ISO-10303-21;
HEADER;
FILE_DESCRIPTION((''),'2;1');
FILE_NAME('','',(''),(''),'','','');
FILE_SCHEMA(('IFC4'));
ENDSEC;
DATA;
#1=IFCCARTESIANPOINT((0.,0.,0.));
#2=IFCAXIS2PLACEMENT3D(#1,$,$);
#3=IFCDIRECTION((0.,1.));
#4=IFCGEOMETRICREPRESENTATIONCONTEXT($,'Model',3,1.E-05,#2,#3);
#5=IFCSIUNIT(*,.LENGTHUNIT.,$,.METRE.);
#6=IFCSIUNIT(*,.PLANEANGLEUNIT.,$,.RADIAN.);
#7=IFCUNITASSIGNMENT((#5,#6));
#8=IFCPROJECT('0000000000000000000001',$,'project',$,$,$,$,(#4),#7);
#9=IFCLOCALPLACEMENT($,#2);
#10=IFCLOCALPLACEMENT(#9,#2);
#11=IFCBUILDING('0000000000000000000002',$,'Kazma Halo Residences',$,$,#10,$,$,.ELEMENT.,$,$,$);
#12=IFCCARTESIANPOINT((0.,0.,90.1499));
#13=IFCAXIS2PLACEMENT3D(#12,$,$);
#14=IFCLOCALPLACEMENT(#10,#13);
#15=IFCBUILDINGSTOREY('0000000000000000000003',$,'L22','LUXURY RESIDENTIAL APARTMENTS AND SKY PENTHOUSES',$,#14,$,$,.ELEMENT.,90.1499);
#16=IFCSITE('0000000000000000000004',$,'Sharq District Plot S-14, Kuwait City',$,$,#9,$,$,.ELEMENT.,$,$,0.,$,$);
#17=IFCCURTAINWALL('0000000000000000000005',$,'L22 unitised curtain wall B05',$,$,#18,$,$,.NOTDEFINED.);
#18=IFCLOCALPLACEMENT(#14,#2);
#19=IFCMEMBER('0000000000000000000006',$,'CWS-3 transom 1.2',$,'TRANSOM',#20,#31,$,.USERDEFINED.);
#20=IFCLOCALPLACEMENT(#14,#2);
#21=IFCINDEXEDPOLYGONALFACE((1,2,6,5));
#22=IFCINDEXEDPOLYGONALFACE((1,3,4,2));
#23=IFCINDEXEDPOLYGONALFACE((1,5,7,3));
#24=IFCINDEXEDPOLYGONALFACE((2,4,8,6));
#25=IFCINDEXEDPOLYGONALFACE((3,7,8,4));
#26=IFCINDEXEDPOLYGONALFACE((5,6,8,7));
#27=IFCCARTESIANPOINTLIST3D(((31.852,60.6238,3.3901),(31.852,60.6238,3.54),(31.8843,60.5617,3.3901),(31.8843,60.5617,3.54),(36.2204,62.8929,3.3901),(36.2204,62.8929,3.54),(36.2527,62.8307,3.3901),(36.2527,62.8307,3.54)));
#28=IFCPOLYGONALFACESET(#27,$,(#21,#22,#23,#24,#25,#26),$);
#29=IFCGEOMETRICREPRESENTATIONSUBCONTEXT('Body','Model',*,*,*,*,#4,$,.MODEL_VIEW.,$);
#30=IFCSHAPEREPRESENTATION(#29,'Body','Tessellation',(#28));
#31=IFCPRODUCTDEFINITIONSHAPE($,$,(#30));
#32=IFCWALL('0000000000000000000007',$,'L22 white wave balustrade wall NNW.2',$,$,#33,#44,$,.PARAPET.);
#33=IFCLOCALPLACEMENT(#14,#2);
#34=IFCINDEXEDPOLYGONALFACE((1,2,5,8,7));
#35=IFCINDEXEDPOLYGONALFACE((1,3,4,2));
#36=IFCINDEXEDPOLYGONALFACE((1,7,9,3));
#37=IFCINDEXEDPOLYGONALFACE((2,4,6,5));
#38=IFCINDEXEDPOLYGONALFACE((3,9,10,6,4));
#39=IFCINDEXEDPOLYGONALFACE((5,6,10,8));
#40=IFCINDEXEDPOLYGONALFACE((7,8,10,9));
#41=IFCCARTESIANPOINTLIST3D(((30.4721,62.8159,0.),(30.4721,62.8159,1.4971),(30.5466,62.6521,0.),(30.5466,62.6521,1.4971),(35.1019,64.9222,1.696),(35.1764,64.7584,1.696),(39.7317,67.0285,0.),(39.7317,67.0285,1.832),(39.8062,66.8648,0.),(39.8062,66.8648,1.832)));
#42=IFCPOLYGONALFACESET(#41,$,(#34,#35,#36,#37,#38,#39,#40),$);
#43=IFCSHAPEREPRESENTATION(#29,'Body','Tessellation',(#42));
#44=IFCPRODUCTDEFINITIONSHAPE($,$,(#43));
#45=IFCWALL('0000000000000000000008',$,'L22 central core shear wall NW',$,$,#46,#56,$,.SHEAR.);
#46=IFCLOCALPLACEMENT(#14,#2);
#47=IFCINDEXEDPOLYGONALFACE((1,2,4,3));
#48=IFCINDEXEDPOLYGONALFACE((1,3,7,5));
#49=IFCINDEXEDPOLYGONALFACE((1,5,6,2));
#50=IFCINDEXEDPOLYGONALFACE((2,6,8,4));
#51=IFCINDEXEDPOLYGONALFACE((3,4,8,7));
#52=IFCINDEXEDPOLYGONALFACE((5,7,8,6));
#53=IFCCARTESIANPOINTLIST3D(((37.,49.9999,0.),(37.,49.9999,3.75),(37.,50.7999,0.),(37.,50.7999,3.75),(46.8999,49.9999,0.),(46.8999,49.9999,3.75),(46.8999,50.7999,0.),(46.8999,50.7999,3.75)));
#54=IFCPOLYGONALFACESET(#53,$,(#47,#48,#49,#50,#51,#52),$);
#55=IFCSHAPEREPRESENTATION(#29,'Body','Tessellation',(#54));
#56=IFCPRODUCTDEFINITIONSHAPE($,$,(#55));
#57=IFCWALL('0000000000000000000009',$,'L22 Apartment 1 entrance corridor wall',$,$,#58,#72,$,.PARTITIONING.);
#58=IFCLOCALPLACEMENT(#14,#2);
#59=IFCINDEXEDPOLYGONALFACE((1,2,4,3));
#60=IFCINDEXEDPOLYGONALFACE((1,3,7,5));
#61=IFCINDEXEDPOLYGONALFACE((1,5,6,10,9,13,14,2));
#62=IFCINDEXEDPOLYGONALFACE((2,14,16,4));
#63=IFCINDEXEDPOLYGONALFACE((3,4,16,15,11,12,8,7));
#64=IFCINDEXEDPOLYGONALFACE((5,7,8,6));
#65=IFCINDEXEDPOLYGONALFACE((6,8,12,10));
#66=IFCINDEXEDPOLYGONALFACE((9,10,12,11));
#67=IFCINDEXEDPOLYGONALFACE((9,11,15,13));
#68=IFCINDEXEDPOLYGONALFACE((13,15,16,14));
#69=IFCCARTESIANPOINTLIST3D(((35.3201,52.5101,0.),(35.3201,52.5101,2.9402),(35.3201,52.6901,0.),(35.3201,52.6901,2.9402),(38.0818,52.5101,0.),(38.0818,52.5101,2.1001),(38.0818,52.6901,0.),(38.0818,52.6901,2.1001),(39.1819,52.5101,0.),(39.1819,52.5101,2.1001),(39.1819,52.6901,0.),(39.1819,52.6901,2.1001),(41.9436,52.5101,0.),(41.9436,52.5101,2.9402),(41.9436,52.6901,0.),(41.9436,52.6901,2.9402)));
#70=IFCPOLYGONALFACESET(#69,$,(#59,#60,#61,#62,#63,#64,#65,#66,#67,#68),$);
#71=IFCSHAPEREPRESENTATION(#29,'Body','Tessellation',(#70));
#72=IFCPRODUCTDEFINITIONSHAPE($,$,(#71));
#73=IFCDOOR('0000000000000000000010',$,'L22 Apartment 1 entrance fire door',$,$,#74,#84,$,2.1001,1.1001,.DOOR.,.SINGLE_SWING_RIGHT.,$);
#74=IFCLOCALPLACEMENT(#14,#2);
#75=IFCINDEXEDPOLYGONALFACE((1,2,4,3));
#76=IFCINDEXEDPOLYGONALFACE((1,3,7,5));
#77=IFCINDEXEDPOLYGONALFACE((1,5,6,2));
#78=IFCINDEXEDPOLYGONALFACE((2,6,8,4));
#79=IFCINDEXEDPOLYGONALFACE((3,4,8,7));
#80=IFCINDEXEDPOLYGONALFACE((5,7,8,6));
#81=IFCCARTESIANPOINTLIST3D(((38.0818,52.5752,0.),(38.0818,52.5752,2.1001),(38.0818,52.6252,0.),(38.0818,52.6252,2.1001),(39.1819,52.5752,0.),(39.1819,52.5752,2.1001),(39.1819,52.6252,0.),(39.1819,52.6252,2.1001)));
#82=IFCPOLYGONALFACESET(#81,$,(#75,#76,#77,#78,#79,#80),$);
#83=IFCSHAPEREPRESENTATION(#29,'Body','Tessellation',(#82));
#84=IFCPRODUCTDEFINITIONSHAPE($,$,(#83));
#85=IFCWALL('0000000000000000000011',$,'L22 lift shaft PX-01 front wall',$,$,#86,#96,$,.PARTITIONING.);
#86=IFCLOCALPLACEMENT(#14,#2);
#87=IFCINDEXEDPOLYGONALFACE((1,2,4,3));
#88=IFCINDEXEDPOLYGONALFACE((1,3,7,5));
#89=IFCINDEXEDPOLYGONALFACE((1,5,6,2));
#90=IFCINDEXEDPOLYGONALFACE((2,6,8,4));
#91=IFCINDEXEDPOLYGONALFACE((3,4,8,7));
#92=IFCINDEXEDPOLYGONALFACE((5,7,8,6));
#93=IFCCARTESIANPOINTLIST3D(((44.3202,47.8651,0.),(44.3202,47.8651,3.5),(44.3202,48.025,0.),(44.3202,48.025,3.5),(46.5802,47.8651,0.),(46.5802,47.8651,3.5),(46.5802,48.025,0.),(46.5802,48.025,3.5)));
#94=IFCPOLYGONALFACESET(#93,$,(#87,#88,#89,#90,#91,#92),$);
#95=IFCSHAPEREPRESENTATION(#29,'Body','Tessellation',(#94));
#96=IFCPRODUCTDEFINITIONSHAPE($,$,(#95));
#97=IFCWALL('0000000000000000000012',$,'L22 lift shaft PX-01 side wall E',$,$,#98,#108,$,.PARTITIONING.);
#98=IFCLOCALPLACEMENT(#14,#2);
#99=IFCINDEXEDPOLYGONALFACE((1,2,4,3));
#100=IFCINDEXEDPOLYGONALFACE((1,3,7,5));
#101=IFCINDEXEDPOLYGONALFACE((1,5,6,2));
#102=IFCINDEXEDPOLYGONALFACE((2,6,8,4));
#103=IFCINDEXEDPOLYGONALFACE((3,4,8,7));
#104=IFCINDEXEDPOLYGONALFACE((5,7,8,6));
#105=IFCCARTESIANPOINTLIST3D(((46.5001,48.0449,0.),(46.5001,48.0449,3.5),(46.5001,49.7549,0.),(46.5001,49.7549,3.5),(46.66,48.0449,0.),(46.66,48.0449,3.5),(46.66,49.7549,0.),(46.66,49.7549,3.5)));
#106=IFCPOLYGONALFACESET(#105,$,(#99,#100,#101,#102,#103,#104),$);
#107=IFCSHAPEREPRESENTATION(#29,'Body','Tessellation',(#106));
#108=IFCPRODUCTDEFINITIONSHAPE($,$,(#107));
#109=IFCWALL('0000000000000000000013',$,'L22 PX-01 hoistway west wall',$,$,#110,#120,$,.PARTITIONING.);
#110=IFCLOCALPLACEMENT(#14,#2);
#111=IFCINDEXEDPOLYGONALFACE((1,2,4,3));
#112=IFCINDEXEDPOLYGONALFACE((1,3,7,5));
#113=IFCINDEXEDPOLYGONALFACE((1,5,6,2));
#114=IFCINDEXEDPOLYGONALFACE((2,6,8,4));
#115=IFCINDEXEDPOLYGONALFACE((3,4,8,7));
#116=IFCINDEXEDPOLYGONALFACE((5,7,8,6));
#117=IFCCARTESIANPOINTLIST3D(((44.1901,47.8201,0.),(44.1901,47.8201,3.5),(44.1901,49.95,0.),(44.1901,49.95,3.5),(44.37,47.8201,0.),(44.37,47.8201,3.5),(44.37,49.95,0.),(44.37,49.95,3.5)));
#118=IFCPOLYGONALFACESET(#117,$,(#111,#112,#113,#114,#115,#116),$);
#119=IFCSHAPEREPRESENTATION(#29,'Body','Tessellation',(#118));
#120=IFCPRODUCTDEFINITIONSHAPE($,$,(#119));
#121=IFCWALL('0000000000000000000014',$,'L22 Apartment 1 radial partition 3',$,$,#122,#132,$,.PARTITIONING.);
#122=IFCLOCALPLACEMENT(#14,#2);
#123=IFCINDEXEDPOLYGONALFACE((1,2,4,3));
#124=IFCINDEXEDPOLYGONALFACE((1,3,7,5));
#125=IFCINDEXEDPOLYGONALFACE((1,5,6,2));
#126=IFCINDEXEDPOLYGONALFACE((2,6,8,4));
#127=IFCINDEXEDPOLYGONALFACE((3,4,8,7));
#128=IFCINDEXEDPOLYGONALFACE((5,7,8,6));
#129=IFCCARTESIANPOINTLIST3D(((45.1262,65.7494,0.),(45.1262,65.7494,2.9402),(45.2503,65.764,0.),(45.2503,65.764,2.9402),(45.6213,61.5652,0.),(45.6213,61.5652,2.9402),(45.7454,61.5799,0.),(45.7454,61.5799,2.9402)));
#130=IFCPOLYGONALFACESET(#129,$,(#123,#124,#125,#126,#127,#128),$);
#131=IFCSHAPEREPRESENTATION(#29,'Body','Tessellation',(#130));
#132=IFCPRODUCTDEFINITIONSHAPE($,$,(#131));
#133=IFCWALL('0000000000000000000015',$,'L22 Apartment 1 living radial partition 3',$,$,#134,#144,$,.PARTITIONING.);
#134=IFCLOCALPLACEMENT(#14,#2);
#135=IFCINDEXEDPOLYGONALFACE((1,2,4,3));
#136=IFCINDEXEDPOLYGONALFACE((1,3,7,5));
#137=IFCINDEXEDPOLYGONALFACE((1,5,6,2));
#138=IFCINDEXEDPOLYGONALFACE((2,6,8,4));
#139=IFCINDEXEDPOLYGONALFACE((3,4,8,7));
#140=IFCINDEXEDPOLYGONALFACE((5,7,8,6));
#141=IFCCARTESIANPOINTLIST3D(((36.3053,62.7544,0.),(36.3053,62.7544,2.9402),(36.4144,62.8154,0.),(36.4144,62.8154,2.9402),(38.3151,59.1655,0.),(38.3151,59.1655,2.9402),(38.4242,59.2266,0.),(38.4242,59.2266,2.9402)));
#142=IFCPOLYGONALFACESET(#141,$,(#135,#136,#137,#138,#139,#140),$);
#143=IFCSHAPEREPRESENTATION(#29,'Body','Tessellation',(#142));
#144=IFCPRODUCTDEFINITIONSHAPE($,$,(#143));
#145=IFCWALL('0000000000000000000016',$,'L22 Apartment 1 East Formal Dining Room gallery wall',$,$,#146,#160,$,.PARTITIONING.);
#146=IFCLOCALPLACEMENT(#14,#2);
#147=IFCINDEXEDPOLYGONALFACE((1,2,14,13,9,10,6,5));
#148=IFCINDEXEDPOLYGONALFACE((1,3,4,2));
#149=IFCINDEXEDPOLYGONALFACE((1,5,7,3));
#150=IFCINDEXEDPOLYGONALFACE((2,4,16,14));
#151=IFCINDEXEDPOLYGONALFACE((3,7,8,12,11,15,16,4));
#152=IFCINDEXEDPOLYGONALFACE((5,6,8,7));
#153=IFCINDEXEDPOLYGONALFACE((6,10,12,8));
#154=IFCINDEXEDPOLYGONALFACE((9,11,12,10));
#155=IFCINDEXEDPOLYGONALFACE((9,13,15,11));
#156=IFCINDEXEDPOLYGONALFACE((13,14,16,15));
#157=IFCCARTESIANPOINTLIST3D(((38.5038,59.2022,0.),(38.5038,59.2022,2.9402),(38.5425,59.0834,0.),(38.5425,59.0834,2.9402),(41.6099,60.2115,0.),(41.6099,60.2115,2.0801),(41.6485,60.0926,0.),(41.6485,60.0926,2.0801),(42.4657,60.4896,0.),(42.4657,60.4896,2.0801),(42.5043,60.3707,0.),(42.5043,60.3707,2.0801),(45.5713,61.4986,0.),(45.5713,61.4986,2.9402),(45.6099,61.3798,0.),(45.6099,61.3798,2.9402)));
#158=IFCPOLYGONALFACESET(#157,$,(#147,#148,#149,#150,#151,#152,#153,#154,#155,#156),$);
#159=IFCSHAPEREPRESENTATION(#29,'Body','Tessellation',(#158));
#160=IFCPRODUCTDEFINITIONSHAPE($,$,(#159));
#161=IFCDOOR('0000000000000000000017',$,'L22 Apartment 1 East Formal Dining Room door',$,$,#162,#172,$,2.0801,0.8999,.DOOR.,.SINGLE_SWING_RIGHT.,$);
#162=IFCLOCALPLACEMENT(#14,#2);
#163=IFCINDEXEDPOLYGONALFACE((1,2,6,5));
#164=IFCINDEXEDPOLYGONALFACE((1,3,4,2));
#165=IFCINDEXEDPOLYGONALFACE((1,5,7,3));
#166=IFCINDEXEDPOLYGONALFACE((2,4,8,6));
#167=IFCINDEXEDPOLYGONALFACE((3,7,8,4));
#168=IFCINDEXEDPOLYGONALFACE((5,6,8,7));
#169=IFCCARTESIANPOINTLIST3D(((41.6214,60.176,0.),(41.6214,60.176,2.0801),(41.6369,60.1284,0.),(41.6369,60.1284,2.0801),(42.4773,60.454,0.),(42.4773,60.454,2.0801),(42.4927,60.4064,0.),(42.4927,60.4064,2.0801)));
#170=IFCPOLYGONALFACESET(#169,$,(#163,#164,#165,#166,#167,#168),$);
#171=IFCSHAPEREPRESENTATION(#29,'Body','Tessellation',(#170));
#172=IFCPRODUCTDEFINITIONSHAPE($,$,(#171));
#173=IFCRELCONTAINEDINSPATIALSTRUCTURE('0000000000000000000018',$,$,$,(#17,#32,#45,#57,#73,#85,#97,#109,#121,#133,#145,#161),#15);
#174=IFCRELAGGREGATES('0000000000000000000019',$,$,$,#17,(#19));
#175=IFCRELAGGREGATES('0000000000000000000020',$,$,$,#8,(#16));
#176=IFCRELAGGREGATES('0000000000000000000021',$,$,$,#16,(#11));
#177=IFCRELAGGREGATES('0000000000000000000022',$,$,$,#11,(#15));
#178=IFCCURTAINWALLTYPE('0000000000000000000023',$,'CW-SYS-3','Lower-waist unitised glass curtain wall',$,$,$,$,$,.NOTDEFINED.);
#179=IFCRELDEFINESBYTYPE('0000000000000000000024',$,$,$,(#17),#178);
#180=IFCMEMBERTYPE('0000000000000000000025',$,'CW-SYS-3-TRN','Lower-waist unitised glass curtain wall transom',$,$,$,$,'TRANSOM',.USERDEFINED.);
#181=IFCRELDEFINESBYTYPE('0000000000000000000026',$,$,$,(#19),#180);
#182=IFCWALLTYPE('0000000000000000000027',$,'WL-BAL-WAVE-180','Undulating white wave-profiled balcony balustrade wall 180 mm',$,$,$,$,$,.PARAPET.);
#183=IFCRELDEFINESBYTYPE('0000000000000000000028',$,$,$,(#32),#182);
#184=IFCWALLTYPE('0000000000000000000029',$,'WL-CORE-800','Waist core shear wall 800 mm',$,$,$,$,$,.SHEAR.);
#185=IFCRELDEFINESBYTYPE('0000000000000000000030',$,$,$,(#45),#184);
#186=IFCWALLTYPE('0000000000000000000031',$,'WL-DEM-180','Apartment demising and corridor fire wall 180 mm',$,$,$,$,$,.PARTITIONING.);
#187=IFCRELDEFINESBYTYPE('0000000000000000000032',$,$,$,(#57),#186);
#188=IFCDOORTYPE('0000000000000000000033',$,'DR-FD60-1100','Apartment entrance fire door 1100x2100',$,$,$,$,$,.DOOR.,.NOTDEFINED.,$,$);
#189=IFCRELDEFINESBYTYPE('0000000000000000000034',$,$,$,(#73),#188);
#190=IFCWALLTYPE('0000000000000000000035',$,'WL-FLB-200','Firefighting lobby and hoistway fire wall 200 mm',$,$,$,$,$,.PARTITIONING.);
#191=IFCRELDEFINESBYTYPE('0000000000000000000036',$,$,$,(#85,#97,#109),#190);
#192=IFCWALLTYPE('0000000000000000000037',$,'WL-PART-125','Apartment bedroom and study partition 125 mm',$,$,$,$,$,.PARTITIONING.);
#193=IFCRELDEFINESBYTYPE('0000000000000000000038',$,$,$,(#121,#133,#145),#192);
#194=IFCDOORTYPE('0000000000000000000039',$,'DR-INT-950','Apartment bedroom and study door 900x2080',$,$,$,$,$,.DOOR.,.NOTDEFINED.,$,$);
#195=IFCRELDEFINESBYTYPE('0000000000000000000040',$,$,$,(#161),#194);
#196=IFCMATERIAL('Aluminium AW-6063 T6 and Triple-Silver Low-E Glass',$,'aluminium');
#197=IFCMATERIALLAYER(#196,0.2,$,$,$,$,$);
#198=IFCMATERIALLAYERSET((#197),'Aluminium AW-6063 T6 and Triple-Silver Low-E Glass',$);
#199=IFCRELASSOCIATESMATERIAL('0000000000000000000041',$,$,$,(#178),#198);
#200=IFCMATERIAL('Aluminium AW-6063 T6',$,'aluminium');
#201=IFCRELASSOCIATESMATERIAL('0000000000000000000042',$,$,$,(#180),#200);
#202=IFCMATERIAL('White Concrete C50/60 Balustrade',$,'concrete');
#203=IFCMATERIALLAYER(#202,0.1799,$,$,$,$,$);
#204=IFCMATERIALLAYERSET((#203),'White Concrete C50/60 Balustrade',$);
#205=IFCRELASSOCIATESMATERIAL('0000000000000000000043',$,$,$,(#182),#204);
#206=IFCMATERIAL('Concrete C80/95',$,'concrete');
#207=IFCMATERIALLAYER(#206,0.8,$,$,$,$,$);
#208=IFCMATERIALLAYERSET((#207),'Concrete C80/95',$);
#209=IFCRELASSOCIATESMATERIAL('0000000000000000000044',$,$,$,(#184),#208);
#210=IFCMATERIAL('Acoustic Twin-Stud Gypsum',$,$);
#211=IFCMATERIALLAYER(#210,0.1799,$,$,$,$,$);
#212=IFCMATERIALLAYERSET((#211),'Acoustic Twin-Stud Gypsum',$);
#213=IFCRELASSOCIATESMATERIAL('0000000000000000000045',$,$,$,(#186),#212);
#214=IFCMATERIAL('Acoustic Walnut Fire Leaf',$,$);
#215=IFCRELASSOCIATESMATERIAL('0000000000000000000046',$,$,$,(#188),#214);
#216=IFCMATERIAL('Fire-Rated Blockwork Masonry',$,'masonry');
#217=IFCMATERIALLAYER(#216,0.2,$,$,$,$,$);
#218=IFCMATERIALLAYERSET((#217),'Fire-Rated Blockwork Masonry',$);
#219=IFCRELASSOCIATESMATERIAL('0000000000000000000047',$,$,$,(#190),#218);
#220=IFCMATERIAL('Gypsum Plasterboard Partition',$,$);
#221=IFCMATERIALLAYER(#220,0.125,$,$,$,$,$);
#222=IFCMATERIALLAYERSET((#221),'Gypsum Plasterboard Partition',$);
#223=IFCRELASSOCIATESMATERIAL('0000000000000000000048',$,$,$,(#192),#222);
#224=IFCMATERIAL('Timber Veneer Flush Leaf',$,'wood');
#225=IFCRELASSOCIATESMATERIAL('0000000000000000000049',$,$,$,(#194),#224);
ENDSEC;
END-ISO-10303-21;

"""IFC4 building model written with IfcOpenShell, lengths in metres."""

from ifc_helpers import new_model, si_unit, direction, frame, frame_2d, origin, origin_2d, place, context, subcontext, project, spatial, polyline, rectangle, outline, extrude, material, layer, layer_set, material_profile, profile_set, type_object, element, fill, aggregate, save


model = new_model("IFC4")

# Units and contexts
model_context = context("Model", 3, precision=1e-05, world=origin(), true_north=direction((0.0, 1.0)))
body_context = subcontext(model_context, "Body", "Model", "MODEL_VIEW")
ifc_project = project(units=[si_unit("LENGTHUNIT", "METRE"), si_unit("PLANEANGLEUNIT", "RADIAN")], contexts=[model_context])

# Site, building, storey
site_placement = place(None, origin())
site = spatial("IfcSite", under=ifc_project, at=site_placement, Name="Sharq District Plot S-14, Kuwait City", CompositionType="ELEMENT", RefElevation=0.0)
building_placement = place(site_placement, origin())
building = spatial("IfcBuilding", under=site, at=building_placement, Name="Kazma Halo Residences", CompositionType="ELEMENT")
storey_placement = place(building_placement, frame((0.0, 0.0, 90.1499)))
storey = spatial("IfcBuildingStorey", under=building, at=storey_placement, Name="L22", Description="LUXURY RESIDENTIAL APARTMENTS AND SKY PENTHOUSES", CompositionType="ELEMENT", Elevation=90.1499)

# Shared definitions
ifc_material_1 = material(Name="Concrete C80/95", Category="concrete")

# Shared definitions
ifc_material_2 = material(Name="Aluminium AW-6063 T6 and Triple-Silver Low-E Glass", Category="aluminium")
ifc_layer_1 = layer(ifc_material_2, 0.2)
ifc_layer_set_1 = layer_set([ifc_layer_1], Name="Aluminium AW-6063 T6 and Triple-Silver Low-E Glass")
curtain_wall_type = type_object("IfcCurtainWallType", Name="CW-SYS-3", Description="Lower-waist unitised glass curtain wall", PredefinedType="NOTDEFINED", material=ifc_layer_set_1)
ifc_material_3 = material(Name="Aluminium AW-6063 T6", Category="aluminium")

# Curtain wall, member
curtain_wall_1_placement = place(storey_placement, origin())
curtain_wall_1 = element("IfcCurtainWall", 1, at=curtain_wall_1_placement, inside=storey, type_object=curtain_wall_type, Name="L22 unitised curtain wall B05", PredefinedType="NOTDEFINED")
ifc_material_profile_1 = material_profile(ifc_material_3, rectangle(XDim=0.0701, YDim=0.1499, at=origin_2d()), Name="CWT-70x150")
ifc_profile_set_1 = profile_set([ifc_material_profile_1], Name="Aluminium AW-6063 T6")
member_type_1 = type_object("IfcMemberType", Name="CW-SYS-3-TRN", Description="Lower-waist unitised glass curtain wall transom", ElementType="TRANSOM", PredefinedType="USERDEFINED", material=ifc_profile_set_1)
member_1_placement = place(storey_placement, frame((36.2366, 62.8618, 3.4651), z_axis=(-0.887427, -0.460948, 0.0), x_axis=(0.460948, -0.887427, 0.0)))
member_1 = element("IfcMember", 2, at=member_1_placement, type_object=member_type_1, Name="CWS-3 transom 1.2", ObjectType="TRANSOM", PredefinedType="USERDEFINED", context=body_context, shape_type="SweptSolid", body=[
    extrude(rectangle(XDim=0.0701, YDim=0.1499, at=origin_2d()), origin(), (0.0, 0.0, 1.0), 4.9226),
])
aggregate(curtain_wall_1, [member_1])

# Walls
ifc_material_4 = material(Name="White Concrete C50/60 Balustrade", Category="concrete")
ifc_layer_2 = layer(ifc_material_4, 0.1799)
ifc_layer_set_2 = layer_set([ifc_layer_2], Name="White Concrete C50/60 Balustrade")
wall_type_1 = type_object("IfcWallType", Name="WL-BAL-WAVE-180", Description="Undulating white wave-profiled balcony balustrade wall 180 mm", PredefinedType="PARAPET", material=ifc_layer_set_2)
wall_1_placement = place(storey_placement, frame((39.769, 66.9465, 0.0), z_axis=(0.0, 0.0, 1.0), x_axis=(-0.910227, -0.41411, 0.0)))
element("IfcWall", 3, at=wall_1_placement, inside=storey, type_object=wall_type_1, Name="L22 white wave balustrade wall NNW.2", PredefinedType="PARAPET", context=body_context, shape_type="SweptSolid", body=[
    extrude(outline(polyline([(0.0, 0.0), (10.1729, 0.0), (10.1729, 1.4971), (5.0864, 1.696), (0.0, 1.832), (0.0, 0.0)])), frame((0.0, 0.0898, 0.0), z_axis=(0.0, -1.0, 0.0), x_axis=(1.0, 0.0, 0.0)), (0.0, 0.0, 1.0), 0.1799),
])
ifc_layer_3 = layer(ifc_material_1, 0.8)
ifc_layer_set_3 = layer_set([ifc_layer_3], Name="Concrete C80/95")
wall_type_2 = type_object("IfcWallType", Name="WL-CORE-800", Description="Waist core shear wall 800 mm", PredefinedType="SHEAR", material=ifc_layer_set_3)
wall_2_placement = place(storey_placement, frame((37.0, 50.3999, 0.0), z_axis=(0.0, 0.0, 1.0), x_axis=(1.0, 0.0, 0.0)))
element("IfcWall", 4, at=wall_2_placement, inside=storey, type_object=wall_type_2, Name="L22 central core shear wall NW", PredefinedType="SHEAR", context=body_context, shape_type="SweptSolid", body=[
    extrude(rectangle(XDim=9.8999, YDim=0.8, at=frame_2d((4.95, 0.0))), origin(), (0.0, 0.0, 1.0), 3.75),
])

# Wall, opening, door
ifc_material_5 = material(Name="Acoustic Twin-Stud Gypsum")
ifc_layer_4 = layer(ifc_material_5, 0.1799)
ifc_layer_set_4 = layer_set([ifc_layer_4], Name="Acoustic Twin-Stud Gypsum")
wall_type_3 = type_object("IfcWallType", Name="WL-DEM-180", Description="Apartment demising and corridor fire wall 180 mm", PredefinedType="PARTITIONING", material=ifc_layer_set_4)
wall_3_placement = place(storey_placement, frame((41.9436, 52.6001, 0.0), z_axis=(0.0, 0.0, 1.0), x_axis=(-1.0, 0.0, 0.0)))
wall_3 = element("IfcWall", 5, at=wall_3_placement, inside=storey, type_object=wall_type_3, Name="L22 Apartment 1 entrance corridor wall", PredefinedType="PARTITIONING", context=body_context, shape_type="SweptSolid", body=[
    extrude(rectangle(XDim=6.6235, YDim=0.1799, at=frame_2d((3.3118, 0.0))), origin(), (0.0, 0.0, 1.0), 2.9402),
])
opening_1_placement = place(wall_3_placement, frame((2.7617, 0.0, 0.0)))
opening_1 = element("IfcOpeningElement", 6, at=opening_1_placement, cuts=wall_3, PredefinedType="OPENING", context=body_context, shape_type="SweptSolid", body=[
    extrude(rectangle(XDim=1.1001, YDim=2.1001, at=frame_2d((0.55, 1.05))), frame((0.0, 0.0999, 0.0), z_axis=(0.0, -1.0, 0.0), x_axis=(1.0, 0.0, 0.0)), (0.0, 0.0, 1.0), 0.2),
])
ifc_material_6 = material(Name="Acoustic Walnut Fire Leaf")
door_type_1 = type_object("IfcDoorType", Name="DR-FD60-1100", Description="Apartment entrance fire door 1100x2100", OperationType="NOTDEFINED", PredefinedType="DOOR", material=ifc_material_6)
door_1_placement = place(opening_1_placement, origin())
door_1 = element("IfcDoor", 7, at=door_1_placement, inside=storey, type_object=door_type_1, Name="L22 Apartment 1 entrance fire door", OperationType="SINGLE_SWING_RIGHT", OverallHeight=2.1001, OverallWidth=1.1001, PredefinedType="DOOR", context=body_context, shape_type="SweptSolid", body=[
    extrude(rectangle(XDim=1.1001, YDim=2.1001, at=frame_2d((0.55, 1.05))), frame((0.0, 0.0249, 0.0), z_axis=(0.0, -1.0, 0.0), x_axis=(1.0, 0.0, 0.0)), (0.0, 0.0, 1.0), 0.05),
])
fill(opening_1, door_1)

# Walls
ifc_material_7 = material(Name="Fire-Rated Blockwork Masonry", Category="masonry")
ifc_layer_5 = layer(ifc_material_7, 0.2)
ifc_layer_set_5 = layer_set([ifc_layer_5], Name="Fire-Rated Blockwork Masonry")
wall_type_4 = type_object("IfcWallType", Name="WL-FLB-200", Description="Firefighting lobby and hoistway fire wall 200 mm", PredefinedType="PARTITIONING", material=ifc_layer_set_5)
wall_4_placement = place(storey_placement, frame((46.5801, 47.9451, 0.0), z_axis=(0.0, 0.0, 1.0), x_axis=(-1.0, 0.0, 0.0)))
element("IfcWall", 8, at=wall_4_placement, inside=storey, type_object=wall_type_4, Name="L22 lift shaft PX-01 front wall", PredefinedType="PARTITIONING", context=body_context, shape_type="SweptSolid", body=[
    extrude(rectangle(XDim=2.26, YDim=0.1599, at=frame_2d((1.1299, 0.0))), origin(), (0.0, 0.0, 1.0), 3.5),
])
wall_5_placement = place(storey_placement, frame((46.5801, 48.0449, 0.0), z_axis=(0.0, 0.0, 1.0), x_axis=(0.0, 1.0, 0.0)))
element("IfcWall", 9, at=wall_5_placement, inside=storey, type_object=wall_type_4, Name="L22 lift shaft PX-01 side wall E", PredefinedType="PARTITIONING", context=body_context, shape_type="SweptSolid", body=[
    extrude(rectangle(XDim=1.71, YDim=0.1599, at=frame_2d((0.855, 0.0))), origin(), (0.0, 0.0, 1.0), 3.5),
])
wall_6_placement = place(storey_placement, frame((44.28, 47.8201, 0.0), z_axis=(0.0, 0.0, 1.0), x_axis=(0.0, 1.0, 0.0)))
element("IfcWall", 10, at=wall_6_placement, inside=storey, type_object=wall_type_4, Name="L22 PX-01 hoistway west wall", PredefinedType="PARTITIONING", context=body_context, shape_type="SweptSolid", body=[
    extrude(rectangle(XDim=2.1299, YDim=0.1799, at=frame_2d((1.0649, 0.0))), origin(), (0.0, 0.0, 1.0), 3.5),
])
ifc_material_8 = material(Name="Gypsum Plasterboard Partition")
ifc_layer_6 = layer(ifc_material_8, 0.125)
ifc_layer_set_6 = layer_set([ifc_layer_6], Name="Gypsum Plasterboard Partition")
wall_type_5 = type_object("IfcWallType", Name="WL-PART-125", Description="Apartment bedroom and study partition 125 mm", PredefinedType="PARTITIONING", material=ifc_layer_set_6)
wall_7_placement = place(storey_placement, frame((45.6833, 61.5725, 0.0), z_axis=(0.0, 0.0, 1.0), x_axis=(-0.117514, 0.993071, 0.0)))
element("IfcWall", 11, at=wall_7_placement, inside=storey, type_object=wall_type_5, Name="L22 Apartment 1 radial partition 3", PredefinedType="PARTITIONING", context=body_context, shape_type="SweptSolid", body=[
    extrude(rectangle(XDim=4.2134, YDim=0.125, at=frame_2d((2.1067, 0.0))), origin(), (0.0, 0.0, 1.0), 2.9402),
])
wall_8_placement = place(storey_placement, frame((38.3696, 59.196, 0.0), z_axis=(0.0, 0.0, 1.0), x_axis=(-0.488603, 0.872506, 0.0)))
element("IfcWall", 12, at=wall_8_placement, inside=storey, type_object=wall_type_5, Name="L22 Apartment 1 living radial partition 3", PredefinedType="PARTITIONING", context=body_context, shape_type="SweptSolid", body=[
    extrude(rectangle(XDim=4.1133, YDim=0.125, at=frame_2d((2.0566, 0.0))), origin(), (0.0, 0.0, 1.0), 2.9402),
])

# Wall, opening, door
wall_9_placement = place(storey_placement, frame((45.5906, 61.4392, 0.0), z_axis=(0.0, 0.0, 1.0), x_axis=(-0.951054, -0.309024, 0.0)))
wall_9 = element("IfcWall", 13, at=wall_9_placement, inside=storey, type_object=wall_type_5, Name="L22 Apartment 1 East Formal Dining Room gallery wall", PredefinedType="PARTITIONING", context=body_context, shape_type="SweptSolid", body=[
    extrude(rectangle(XDim=7.4312, YDim=0.125, at=frame_2d((3.7156, 0.0))), origin(), (0.0, 0.0, 1.0), 2.9402),
])
opening_2_placement = place(wall_9_placement, frame((3.2654, 0.0, 0.0)))
opening_2 = element("IfcOpeningElement", 14, at=opening_2_placement, cuts=wall_9, PredefinedType="OPENING", context=body_context, shape_type="SweptSolid", body=[
    extrude(rectangle(XDim=0.8999, YDim=2.0801, at=frame_2d((0.45, 1.04))), frame((0.0, 0.0725, 0.0), z_axis=(0.0, -1.0, 0.0), x_axis=(1.0, 0.0, 0.0)), (0.0, 0.0, 1.0), 0.145),
])
ifc_material_9 = material(Name="Timber Veneer Flush Leaf", Category="wood")
door_type_2 = type_object("IfcDoorType", Name="DR-INT-950", Description="Apartment bedroom and study door 900x2080", OperationType="NOTDEFINED", PredefinedType="DOOR", material=ifc_material_9)
door_2_placement = place(opening_2_placement, origin())
door_2 = element("IfcDoor", 15, at=door_2_placement, inside=storey, type_object=door_type_2, Name="L22 Apartment 1 East Formal Dining Room door", OperationType="SINGLE_SWING_RIGHT", OverallHeight=2.0801, OverallWidth=0.8999, PredefinedType="DOOR", context=body_context, shape_type="SweptSolid", body=[
    extrude(rectangle(XDim=0.8999, YDim=2.0801, at=frame_2d((0.45, 1.04))), frame((0.0, 0.0249, 0.0), z_axis=(0.0, -1.0, 0.0), x_axis=(1.0, 0.0, 0.0)), (0.0, 0.0, 1.0), 0.05),
])
fill(opening_2, door_2)

save(model, "model.ifc")
